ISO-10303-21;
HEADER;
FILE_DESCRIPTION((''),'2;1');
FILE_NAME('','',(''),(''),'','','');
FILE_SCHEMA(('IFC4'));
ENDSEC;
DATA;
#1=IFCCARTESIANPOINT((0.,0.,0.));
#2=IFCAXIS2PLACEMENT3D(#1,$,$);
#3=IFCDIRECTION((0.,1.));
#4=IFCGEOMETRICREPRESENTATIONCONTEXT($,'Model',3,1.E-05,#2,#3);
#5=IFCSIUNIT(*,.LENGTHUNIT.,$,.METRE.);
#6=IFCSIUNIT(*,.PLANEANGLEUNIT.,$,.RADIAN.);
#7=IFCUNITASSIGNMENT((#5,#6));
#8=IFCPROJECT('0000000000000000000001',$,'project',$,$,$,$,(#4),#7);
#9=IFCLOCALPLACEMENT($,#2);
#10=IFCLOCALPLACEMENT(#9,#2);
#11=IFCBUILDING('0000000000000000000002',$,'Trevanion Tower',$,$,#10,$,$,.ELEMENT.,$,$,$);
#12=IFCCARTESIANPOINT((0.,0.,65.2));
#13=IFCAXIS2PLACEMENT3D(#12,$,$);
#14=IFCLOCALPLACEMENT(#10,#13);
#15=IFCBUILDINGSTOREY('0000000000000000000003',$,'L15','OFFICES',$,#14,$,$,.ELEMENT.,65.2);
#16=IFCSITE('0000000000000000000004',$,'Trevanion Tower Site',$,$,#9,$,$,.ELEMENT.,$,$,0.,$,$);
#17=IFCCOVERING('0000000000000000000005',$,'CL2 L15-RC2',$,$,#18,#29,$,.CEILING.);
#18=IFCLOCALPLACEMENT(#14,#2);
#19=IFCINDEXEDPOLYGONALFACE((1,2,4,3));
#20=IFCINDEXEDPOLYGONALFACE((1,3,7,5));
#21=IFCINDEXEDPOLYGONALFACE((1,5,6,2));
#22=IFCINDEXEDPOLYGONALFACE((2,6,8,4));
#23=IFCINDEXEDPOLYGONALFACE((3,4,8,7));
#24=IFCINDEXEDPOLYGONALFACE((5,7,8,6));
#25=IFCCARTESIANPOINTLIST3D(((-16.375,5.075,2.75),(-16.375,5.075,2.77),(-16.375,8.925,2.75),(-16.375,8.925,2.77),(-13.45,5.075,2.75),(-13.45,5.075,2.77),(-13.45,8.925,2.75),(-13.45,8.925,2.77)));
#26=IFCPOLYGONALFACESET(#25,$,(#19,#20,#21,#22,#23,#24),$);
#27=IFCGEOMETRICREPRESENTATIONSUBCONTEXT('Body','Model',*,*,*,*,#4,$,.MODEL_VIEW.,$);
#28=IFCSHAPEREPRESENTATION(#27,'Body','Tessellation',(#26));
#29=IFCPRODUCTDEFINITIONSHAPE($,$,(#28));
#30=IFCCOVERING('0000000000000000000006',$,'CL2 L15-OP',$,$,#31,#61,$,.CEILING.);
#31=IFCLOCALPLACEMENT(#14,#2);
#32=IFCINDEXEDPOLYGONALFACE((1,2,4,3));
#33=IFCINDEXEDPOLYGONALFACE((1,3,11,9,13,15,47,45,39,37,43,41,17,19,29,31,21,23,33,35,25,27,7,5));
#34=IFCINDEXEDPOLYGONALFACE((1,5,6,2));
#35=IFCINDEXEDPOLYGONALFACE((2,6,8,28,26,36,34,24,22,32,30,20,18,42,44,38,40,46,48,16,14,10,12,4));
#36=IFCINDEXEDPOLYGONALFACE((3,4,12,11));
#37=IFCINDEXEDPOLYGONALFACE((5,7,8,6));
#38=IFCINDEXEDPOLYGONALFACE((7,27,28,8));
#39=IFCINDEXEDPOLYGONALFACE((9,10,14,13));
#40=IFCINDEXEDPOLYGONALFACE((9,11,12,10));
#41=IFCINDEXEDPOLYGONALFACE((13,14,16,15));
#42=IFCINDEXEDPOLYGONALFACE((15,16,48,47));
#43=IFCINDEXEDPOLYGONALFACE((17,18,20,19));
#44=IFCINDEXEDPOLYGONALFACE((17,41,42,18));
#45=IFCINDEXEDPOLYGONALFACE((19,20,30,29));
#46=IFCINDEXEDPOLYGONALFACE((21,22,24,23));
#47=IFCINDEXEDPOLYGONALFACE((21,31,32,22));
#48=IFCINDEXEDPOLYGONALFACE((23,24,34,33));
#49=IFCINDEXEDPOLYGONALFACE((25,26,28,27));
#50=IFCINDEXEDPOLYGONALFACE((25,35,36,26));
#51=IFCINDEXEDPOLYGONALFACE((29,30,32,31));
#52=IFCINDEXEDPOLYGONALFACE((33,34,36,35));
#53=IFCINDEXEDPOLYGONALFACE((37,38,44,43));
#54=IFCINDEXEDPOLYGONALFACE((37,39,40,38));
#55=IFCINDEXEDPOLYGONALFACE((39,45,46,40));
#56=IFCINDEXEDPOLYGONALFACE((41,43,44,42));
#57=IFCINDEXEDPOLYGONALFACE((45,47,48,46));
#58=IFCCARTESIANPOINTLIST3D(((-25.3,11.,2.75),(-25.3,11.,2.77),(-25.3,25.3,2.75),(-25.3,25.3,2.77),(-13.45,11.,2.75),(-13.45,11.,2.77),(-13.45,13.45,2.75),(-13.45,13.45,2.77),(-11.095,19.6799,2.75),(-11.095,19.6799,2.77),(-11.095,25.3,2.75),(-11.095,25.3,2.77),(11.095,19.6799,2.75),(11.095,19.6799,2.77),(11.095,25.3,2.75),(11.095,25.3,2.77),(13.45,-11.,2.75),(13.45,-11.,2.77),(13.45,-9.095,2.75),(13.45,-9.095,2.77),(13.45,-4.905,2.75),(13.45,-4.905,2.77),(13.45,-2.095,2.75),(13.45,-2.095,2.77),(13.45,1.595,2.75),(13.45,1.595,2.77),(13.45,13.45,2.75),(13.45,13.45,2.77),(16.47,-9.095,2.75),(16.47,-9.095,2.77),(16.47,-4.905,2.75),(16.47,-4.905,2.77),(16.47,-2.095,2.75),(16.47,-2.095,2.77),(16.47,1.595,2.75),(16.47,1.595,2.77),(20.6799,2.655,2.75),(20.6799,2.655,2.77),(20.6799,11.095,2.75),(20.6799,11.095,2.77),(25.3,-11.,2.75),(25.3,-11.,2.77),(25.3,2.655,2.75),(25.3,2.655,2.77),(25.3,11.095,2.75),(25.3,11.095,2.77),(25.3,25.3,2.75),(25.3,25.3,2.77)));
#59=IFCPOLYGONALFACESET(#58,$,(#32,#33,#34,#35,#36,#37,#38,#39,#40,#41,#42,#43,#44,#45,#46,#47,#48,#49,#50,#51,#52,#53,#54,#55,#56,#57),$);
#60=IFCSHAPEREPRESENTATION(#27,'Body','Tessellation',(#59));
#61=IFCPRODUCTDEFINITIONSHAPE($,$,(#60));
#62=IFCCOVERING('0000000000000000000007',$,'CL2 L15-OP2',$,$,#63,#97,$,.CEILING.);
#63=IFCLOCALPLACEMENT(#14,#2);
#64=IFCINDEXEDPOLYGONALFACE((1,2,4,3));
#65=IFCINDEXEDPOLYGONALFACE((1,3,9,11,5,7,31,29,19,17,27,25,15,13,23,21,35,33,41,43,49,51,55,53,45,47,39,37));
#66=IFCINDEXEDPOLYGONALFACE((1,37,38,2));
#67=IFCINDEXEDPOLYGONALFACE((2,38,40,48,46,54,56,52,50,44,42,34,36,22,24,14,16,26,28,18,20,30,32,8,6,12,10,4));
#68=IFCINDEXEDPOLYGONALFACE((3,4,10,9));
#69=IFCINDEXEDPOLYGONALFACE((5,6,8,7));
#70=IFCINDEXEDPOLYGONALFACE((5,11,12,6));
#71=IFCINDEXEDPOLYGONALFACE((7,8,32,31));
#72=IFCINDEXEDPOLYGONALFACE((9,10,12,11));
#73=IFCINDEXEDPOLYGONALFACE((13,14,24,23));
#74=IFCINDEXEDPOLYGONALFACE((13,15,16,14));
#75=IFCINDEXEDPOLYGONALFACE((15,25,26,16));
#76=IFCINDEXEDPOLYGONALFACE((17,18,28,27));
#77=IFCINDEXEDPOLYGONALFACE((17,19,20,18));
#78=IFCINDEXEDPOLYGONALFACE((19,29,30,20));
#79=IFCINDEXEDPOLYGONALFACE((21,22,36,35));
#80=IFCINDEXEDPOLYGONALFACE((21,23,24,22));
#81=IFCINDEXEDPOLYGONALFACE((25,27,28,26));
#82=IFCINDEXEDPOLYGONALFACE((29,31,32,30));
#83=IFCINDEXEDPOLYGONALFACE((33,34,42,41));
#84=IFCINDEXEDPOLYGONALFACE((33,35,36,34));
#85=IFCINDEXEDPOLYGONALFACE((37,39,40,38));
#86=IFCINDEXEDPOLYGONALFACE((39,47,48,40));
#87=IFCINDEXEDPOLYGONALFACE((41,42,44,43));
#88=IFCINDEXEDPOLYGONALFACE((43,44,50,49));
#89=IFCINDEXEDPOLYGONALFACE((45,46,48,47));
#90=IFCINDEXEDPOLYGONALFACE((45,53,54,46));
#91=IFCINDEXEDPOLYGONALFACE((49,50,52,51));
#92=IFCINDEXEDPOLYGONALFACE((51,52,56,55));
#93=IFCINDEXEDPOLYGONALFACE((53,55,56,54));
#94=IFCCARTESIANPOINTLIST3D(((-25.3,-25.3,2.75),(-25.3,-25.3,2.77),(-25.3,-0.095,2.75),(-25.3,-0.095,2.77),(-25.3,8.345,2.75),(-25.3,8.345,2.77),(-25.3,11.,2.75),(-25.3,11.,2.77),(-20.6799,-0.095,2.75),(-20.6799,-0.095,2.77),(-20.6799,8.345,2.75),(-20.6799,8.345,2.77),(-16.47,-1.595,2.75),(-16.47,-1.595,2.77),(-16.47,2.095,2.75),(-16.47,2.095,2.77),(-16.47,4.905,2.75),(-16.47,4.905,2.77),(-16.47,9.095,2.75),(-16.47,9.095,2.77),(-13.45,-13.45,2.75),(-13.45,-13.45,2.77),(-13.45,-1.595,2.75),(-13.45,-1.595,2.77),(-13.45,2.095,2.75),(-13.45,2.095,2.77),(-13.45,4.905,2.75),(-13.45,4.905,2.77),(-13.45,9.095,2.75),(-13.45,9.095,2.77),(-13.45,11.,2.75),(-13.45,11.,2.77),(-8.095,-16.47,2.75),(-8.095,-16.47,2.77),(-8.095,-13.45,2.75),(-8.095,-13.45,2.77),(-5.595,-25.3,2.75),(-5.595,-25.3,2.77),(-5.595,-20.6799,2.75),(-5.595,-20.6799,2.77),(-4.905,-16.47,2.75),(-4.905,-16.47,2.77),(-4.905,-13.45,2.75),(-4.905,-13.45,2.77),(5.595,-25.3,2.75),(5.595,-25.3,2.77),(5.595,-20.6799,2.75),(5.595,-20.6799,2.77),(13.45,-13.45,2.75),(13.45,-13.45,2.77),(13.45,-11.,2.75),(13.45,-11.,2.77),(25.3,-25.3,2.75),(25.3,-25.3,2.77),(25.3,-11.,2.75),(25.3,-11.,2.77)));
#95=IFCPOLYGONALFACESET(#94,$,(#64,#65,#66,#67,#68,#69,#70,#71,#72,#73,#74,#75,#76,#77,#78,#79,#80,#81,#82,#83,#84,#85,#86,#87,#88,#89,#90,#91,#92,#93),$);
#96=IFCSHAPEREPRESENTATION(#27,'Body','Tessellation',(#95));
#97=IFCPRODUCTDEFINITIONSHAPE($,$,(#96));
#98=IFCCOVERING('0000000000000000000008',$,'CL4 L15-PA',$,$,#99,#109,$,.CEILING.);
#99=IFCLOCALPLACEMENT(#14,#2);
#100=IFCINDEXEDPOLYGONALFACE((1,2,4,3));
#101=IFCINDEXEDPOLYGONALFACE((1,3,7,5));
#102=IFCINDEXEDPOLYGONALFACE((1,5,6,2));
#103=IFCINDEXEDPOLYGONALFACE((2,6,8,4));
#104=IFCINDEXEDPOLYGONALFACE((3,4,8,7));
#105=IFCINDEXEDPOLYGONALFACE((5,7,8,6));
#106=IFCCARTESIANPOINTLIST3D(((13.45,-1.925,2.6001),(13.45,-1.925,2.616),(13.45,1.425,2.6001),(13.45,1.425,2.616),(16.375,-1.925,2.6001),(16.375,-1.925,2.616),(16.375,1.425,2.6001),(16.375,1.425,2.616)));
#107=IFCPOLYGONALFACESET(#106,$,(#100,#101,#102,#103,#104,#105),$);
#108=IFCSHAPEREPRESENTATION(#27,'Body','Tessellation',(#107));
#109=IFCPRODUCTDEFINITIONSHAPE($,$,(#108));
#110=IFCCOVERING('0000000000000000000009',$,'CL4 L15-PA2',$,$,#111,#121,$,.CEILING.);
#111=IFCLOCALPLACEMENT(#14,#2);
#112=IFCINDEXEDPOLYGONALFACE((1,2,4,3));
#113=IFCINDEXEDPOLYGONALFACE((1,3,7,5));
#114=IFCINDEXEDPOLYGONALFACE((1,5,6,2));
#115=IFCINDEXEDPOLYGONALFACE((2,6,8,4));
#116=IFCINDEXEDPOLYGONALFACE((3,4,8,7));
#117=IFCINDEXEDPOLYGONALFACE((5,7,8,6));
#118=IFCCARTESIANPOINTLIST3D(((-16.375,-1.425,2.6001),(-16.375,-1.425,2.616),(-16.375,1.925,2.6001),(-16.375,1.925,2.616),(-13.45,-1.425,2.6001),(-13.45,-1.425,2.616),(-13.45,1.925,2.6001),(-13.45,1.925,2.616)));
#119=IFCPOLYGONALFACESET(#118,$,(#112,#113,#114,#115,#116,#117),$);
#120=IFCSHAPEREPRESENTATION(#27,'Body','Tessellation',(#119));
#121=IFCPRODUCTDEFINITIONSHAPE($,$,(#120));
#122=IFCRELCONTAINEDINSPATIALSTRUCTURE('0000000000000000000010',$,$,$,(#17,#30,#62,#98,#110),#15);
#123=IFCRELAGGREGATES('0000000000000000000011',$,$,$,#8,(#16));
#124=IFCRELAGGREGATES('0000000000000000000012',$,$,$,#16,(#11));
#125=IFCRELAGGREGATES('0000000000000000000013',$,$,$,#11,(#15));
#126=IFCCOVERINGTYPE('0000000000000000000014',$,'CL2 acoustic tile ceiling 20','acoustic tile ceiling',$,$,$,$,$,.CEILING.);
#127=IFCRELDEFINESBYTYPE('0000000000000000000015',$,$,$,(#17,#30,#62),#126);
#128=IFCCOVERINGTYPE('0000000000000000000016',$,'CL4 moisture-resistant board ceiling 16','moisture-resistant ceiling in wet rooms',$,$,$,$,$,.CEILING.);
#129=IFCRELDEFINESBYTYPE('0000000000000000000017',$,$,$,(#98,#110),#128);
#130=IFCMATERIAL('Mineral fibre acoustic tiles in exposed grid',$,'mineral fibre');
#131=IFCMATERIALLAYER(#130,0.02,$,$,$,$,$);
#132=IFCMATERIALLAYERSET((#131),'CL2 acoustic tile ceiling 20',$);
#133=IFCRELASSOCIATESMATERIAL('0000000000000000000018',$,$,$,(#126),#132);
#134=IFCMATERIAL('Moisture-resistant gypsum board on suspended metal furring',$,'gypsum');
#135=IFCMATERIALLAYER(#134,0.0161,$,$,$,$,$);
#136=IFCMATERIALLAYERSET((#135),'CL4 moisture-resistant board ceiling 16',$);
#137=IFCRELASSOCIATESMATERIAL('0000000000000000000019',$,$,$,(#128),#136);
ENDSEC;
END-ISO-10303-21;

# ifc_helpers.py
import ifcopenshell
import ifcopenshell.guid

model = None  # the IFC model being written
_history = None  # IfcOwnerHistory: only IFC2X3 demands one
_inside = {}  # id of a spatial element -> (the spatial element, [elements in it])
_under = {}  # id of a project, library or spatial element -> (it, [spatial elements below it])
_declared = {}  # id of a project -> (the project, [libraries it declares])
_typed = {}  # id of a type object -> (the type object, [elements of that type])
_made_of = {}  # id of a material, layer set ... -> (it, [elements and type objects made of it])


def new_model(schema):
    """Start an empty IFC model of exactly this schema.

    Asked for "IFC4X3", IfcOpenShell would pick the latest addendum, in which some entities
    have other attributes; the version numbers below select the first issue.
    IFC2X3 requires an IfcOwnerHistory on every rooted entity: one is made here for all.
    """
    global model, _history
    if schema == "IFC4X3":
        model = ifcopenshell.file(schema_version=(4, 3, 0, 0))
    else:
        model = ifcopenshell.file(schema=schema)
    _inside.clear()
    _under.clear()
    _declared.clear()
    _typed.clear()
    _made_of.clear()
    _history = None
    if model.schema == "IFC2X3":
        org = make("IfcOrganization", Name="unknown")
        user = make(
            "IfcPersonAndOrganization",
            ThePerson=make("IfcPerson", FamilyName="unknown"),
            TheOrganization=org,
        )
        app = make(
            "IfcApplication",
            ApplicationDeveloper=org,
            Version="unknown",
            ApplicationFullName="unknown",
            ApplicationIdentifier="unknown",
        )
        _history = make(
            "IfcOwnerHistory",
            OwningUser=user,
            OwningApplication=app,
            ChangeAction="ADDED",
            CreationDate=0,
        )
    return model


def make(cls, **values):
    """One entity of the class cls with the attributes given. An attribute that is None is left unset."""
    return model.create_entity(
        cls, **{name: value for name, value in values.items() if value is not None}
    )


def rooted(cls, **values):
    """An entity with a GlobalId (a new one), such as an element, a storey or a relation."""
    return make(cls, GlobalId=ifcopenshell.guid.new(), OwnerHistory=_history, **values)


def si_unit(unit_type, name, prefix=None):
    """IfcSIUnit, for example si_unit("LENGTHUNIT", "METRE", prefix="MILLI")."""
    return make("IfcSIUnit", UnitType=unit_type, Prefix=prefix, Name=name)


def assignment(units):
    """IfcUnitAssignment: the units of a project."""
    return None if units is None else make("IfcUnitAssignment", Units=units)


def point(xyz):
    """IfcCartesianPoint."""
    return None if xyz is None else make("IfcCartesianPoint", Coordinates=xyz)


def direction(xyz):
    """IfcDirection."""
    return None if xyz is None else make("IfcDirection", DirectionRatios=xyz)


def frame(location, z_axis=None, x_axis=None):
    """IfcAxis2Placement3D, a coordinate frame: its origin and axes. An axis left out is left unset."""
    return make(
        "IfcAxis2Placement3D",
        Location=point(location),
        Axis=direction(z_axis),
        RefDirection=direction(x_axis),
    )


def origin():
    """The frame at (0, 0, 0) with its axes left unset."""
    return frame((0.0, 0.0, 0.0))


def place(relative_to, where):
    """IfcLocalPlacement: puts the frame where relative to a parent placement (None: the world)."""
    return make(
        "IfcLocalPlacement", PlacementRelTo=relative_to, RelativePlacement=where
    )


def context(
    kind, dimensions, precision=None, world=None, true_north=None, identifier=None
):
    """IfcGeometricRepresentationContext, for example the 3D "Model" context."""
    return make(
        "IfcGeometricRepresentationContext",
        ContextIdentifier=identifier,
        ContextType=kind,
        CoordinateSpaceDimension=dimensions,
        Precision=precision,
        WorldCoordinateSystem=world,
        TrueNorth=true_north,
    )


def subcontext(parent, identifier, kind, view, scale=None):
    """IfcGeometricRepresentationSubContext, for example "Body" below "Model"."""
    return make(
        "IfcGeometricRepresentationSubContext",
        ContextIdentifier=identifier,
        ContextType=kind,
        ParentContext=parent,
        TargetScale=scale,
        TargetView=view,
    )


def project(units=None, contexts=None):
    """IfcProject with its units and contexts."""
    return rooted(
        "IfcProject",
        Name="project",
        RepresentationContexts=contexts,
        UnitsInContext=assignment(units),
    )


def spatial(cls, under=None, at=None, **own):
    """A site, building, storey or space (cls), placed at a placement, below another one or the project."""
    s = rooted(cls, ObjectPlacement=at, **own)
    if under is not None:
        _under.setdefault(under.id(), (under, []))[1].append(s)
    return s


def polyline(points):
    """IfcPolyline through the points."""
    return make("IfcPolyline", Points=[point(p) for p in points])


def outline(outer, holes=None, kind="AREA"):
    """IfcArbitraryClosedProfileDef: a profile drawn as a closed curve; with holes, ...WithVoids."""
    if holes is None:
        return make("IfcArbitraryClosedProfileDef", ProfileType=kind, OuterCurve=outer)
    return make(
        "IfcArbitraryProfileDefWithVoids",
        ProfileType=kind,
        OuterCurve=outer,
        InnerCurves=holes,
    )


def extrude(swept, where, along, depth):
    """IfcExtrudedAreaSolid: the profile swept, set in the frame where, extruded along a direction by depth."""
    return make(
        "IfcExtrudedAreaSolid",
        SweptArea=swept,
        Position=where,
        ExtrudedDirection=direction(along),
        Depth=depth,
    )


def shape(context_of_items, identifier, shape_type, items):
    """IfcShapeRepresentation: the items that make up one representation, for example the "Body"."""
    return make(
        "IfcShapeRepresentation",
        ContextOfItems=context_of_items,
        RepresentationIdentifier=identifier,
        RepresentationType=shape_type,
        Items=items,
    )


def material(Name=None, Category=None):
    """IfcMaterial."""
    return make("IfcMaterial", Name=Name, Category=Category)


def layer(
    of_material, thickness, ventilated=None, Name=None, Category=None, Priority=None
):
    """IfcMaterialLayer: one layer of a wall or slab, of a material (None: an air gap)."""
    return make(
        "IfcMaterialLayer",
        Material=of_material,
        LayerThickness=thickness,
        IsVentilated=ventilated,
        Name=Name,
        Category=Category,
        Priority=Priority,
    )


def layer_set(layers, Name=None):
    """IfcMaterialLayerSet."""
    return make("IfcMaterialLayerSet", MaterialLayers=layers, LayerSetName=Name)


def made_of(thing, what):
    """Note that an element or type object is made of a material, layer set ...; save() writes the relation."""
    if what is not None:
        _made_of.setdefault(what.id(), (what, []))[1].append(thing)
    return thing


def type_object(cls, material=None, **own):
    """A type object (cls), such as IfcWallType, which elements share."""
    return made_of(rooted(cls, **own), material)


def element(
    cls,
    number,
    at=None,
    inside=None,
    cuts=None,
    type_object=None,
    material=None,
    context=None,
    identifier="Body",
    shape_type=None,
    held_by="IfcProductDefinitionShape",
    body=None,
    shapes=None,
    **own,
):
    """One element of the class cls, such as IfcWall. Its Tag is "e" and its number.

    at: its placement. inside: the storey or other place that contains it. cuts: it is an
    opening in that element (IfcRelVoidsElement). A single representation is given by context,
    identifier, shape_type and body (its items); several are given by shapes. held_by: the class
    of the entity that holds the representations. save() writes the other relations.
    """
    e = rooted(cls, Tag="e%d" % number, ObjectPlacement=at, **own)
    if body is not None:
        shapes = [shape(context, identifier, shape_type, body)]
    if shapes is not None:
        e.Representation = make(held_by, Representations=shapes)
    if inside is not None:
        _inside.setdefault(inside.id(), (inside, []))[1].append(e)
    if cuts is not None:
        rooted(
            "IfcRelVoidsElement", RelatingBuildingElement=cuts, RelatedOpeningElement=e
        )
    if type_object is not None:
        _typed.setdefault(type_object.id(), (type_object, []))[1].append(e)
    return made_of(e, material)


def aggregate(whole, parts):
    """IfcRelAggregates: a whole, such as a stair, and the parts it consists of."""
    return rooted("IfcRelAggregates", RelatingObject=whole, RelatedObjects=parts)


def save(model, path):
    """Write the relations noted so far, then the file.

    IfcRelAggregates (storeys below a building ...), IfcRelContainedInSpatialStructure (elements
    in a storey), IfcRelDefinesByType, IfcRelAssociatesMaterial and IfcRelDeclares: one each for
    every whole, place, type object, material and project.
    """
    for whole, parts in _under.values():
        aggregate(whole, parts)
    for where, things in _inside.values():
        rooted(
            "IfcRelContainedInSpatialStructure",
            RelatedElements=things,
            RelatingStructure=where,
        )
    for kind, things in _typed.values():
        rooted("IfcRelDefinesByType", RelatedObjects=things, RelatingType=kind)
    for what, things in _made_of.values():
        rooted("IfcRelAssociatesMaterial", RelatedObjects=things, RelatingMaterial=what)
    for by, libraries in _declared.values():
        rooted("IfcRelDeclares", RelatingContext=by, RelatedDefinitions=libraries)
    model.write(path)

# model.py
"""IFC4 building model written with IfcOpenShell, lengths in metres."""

from ifc_helpers import new_model, si_unit, direction, frame, origin, place, context, subcontext, project, spatial, polyline, outline, extrude, material, layer, layer_set, type_object, element, save


model = new_model("IFC4")

# Units and contexts
model_context = context("Model", 3, precision=1e-05, world=origin(), true_north=direction((0.0, 1.0)))
body_context = subcontext(model_context, "Body", "Model", "MODEL_VIEW")
ifc_project = project(units=[si_unit("LENGTHUNIT", "METRE"), si_unit("PLANEANGLEUNIT", "RADIAN")], contexts=[model_context])

# Site, building, storey
site_placement = place(None, origin())
site = spatial("IfcSite", under=ifc_project, at=site_placement, Name="Trevanion Tower Site", CompositionType="ELEMENT", RefElevation=0.0)
building_placement = place(site_placement, origin())
building = spatial("IfcBuilding", under=site, at=building_placement, Name="Trevanion Tower", CompositionType="ELEMENT")
storey_placement = place(building_placement, frame((0.0, 0.0, 65.2)))
storey = spatial("IfcBuildingStorey", under=building, at=storey_placement, Name="L15", Description="OFFICES", CompositionType="ELEMENT", Elevation=65.2)

# Coverings
ifc_material_1 = material(Name="Mineral fibre acoustic tiles in exposed grid", Category="mineral fibre")
ifc_layer_1 = layer(ifc_material_1, 0.02)
ifc_layer_set_1 = layer_set([ifc_layer_1], Name="CL2 acoustic tile ceiling 20")
covering_type_1 = type_object("IfcCoveringType", Name="CL2 acoustic tile ceiling 20", Description="acoustic tile ceiling", PredefinedType="CEILING", material=ifc_layer_set_1)
covering_1_placement = place(storey_placement, frame((0.0, 0.0, 2.75)))
element("IfcCovering", 1, at=covering_1_placement, inside=storey, type_object=covering_type_1, Name="CL2 L15-RC2", PredefinedType="CEILING", context=body_context, shape_type="SweptSolid", body=[
    extrude(outline(polyline([(-13.45, 8.925), (-13.45, 5.075), (-16.375, 5.075), (-16.375, 8.925), (-13.45, 8.925)])), origin(), (0.0, 0.0, 1.0), 0.02),
])
covering_2_placement = place(storey_placement, frame((0.0, 0.0, 2.75)))
element("IfcCovering", 2, at=covering_2_placement, inside=storey, type_object=covering_type_1, Name="CL2 L15-OP", PredefinedType="CEILING", context=body_context, shape_type="SweptSolid", body=[
    extrude(outline(polyline([(13.45, 13.45), (-13.45, 13.45), (-13.45, 11.0), (-25.3, 11.0), (-25.3, 25.3), (-11.095, 25.3), (-11.095, 19.6799), (11.095, 19.6799), (11.095, 25.3), (25.3, 25.3), (25.3, 11.095), (20.6799, 11.095), (20.6799, 2.655), (25.3, 2.655), (25.3, -11.0), (13.45, -11.0), (13.45, -9.095), (16.47, -9.095), (16.47, -4.905), (13.45, -4.905), (13.45, -2.095), (16.47, -2.095), (16.47, 1.595), (13.45, 1.595), (13.45, 13.45)])), origin(), (0.0, 0.0, 1.0), 0.02),
])
covering_3_placement = place(storey_placement, frame((0.0, 0.0, 2.75)))
element("IfcCovering", 3, at=covering_3_placement, inside=storey, type_object=covering_type_1, Name="CL2 L15-OP2", PredefinedType="CEILING", context=body_context, shape_type="SweptSolid", body=[
    extrude(outline(polyline([(13.45, -11.0), (25.3, -11.0), (25.3, -25.3), (5.595, -25.3), (5.595, -20.6799), (-5.595, -20.6799), (-5.595, -25.3), (-25.3, -25.3), (-25.3, -0.095), (-20.6799, -0.095), (-20.6799, 8.345), (-25.3, 8.345), (-25.3, 11.0), (-13.45, 11.0), (-13.45, 9.095), (-16.47, 9.095), (-16.47, 4.905), (-13.45, 4.905), (-13.45, 2.095), (-16.47, 2.095), (-16.47, -1.595), (-13.45, -1.595), (-13.45, -13.45), (-8.095, -13.45), (-8.095, -16.47), (-4.905, -16.47), (-4.905, -13.45), (13.45, -13.45), (13.45, -11.0)])), origin(), (0.0, 0.0, 1.0), 0.02),
])
ifc_material_2 = material(Name="Moisture-resistant gypsum board on suspended metal furring", Category="gypsum")
ifc_layer_2 = layer(ifc_material_2, 0.0161)
ifc_layer_set_2 = layer_set([ifc_layer_2], Name="CL4 moisture-resistant board ceiling 16")
covering_type_2 = type_object("IfcCoveringType", Name="CL4 moisture-resistant board ceiling 16", Description="moisture-resistant ceiling in wet rooms", PredefinedType="CEILING", material=ifc_layer_set_2)
covering_4_placement = place(storey_placement, frame((0.0, 0.0, 2.6001)))
element("IfcCovering", 4, at=covering_4_placement, inside=storey, type_object=covering_type_2, Name="CL4 L15-PA", PredefinedType="CEILING", context=body_context, shape_type="SweptSolid", body=[
    extrude(outline(polyline([(13.45, -1.925), (13.45, 1.425), (16.375, 1.425), (16.375, -1.925), (13.45, -1.925)])), origin(), (0.0, 0.0, 1.0), 0.0159),
])
covering_5_placement = place(storey_placement, frame((0.0, 0.0, 2.6001)))
element("IfcCovering", 5, at=covering_5_placement, inside=storey, type_object=covering_type_2, Name="CL4 L15-PA2", PredefinedType="CEILING", context=body_context, shape_type="SweptSolid", body=[
    extrude(outline(polyline([(-13.45, 1.925), (-13.45, -1.425), (-16.375, -1.425), (-16.375, 1.925), (-13.45, 1.925)])), origin(), (0.0, 0.0, 1.0), 0.0159),
])

save(model, "model.ifc")
